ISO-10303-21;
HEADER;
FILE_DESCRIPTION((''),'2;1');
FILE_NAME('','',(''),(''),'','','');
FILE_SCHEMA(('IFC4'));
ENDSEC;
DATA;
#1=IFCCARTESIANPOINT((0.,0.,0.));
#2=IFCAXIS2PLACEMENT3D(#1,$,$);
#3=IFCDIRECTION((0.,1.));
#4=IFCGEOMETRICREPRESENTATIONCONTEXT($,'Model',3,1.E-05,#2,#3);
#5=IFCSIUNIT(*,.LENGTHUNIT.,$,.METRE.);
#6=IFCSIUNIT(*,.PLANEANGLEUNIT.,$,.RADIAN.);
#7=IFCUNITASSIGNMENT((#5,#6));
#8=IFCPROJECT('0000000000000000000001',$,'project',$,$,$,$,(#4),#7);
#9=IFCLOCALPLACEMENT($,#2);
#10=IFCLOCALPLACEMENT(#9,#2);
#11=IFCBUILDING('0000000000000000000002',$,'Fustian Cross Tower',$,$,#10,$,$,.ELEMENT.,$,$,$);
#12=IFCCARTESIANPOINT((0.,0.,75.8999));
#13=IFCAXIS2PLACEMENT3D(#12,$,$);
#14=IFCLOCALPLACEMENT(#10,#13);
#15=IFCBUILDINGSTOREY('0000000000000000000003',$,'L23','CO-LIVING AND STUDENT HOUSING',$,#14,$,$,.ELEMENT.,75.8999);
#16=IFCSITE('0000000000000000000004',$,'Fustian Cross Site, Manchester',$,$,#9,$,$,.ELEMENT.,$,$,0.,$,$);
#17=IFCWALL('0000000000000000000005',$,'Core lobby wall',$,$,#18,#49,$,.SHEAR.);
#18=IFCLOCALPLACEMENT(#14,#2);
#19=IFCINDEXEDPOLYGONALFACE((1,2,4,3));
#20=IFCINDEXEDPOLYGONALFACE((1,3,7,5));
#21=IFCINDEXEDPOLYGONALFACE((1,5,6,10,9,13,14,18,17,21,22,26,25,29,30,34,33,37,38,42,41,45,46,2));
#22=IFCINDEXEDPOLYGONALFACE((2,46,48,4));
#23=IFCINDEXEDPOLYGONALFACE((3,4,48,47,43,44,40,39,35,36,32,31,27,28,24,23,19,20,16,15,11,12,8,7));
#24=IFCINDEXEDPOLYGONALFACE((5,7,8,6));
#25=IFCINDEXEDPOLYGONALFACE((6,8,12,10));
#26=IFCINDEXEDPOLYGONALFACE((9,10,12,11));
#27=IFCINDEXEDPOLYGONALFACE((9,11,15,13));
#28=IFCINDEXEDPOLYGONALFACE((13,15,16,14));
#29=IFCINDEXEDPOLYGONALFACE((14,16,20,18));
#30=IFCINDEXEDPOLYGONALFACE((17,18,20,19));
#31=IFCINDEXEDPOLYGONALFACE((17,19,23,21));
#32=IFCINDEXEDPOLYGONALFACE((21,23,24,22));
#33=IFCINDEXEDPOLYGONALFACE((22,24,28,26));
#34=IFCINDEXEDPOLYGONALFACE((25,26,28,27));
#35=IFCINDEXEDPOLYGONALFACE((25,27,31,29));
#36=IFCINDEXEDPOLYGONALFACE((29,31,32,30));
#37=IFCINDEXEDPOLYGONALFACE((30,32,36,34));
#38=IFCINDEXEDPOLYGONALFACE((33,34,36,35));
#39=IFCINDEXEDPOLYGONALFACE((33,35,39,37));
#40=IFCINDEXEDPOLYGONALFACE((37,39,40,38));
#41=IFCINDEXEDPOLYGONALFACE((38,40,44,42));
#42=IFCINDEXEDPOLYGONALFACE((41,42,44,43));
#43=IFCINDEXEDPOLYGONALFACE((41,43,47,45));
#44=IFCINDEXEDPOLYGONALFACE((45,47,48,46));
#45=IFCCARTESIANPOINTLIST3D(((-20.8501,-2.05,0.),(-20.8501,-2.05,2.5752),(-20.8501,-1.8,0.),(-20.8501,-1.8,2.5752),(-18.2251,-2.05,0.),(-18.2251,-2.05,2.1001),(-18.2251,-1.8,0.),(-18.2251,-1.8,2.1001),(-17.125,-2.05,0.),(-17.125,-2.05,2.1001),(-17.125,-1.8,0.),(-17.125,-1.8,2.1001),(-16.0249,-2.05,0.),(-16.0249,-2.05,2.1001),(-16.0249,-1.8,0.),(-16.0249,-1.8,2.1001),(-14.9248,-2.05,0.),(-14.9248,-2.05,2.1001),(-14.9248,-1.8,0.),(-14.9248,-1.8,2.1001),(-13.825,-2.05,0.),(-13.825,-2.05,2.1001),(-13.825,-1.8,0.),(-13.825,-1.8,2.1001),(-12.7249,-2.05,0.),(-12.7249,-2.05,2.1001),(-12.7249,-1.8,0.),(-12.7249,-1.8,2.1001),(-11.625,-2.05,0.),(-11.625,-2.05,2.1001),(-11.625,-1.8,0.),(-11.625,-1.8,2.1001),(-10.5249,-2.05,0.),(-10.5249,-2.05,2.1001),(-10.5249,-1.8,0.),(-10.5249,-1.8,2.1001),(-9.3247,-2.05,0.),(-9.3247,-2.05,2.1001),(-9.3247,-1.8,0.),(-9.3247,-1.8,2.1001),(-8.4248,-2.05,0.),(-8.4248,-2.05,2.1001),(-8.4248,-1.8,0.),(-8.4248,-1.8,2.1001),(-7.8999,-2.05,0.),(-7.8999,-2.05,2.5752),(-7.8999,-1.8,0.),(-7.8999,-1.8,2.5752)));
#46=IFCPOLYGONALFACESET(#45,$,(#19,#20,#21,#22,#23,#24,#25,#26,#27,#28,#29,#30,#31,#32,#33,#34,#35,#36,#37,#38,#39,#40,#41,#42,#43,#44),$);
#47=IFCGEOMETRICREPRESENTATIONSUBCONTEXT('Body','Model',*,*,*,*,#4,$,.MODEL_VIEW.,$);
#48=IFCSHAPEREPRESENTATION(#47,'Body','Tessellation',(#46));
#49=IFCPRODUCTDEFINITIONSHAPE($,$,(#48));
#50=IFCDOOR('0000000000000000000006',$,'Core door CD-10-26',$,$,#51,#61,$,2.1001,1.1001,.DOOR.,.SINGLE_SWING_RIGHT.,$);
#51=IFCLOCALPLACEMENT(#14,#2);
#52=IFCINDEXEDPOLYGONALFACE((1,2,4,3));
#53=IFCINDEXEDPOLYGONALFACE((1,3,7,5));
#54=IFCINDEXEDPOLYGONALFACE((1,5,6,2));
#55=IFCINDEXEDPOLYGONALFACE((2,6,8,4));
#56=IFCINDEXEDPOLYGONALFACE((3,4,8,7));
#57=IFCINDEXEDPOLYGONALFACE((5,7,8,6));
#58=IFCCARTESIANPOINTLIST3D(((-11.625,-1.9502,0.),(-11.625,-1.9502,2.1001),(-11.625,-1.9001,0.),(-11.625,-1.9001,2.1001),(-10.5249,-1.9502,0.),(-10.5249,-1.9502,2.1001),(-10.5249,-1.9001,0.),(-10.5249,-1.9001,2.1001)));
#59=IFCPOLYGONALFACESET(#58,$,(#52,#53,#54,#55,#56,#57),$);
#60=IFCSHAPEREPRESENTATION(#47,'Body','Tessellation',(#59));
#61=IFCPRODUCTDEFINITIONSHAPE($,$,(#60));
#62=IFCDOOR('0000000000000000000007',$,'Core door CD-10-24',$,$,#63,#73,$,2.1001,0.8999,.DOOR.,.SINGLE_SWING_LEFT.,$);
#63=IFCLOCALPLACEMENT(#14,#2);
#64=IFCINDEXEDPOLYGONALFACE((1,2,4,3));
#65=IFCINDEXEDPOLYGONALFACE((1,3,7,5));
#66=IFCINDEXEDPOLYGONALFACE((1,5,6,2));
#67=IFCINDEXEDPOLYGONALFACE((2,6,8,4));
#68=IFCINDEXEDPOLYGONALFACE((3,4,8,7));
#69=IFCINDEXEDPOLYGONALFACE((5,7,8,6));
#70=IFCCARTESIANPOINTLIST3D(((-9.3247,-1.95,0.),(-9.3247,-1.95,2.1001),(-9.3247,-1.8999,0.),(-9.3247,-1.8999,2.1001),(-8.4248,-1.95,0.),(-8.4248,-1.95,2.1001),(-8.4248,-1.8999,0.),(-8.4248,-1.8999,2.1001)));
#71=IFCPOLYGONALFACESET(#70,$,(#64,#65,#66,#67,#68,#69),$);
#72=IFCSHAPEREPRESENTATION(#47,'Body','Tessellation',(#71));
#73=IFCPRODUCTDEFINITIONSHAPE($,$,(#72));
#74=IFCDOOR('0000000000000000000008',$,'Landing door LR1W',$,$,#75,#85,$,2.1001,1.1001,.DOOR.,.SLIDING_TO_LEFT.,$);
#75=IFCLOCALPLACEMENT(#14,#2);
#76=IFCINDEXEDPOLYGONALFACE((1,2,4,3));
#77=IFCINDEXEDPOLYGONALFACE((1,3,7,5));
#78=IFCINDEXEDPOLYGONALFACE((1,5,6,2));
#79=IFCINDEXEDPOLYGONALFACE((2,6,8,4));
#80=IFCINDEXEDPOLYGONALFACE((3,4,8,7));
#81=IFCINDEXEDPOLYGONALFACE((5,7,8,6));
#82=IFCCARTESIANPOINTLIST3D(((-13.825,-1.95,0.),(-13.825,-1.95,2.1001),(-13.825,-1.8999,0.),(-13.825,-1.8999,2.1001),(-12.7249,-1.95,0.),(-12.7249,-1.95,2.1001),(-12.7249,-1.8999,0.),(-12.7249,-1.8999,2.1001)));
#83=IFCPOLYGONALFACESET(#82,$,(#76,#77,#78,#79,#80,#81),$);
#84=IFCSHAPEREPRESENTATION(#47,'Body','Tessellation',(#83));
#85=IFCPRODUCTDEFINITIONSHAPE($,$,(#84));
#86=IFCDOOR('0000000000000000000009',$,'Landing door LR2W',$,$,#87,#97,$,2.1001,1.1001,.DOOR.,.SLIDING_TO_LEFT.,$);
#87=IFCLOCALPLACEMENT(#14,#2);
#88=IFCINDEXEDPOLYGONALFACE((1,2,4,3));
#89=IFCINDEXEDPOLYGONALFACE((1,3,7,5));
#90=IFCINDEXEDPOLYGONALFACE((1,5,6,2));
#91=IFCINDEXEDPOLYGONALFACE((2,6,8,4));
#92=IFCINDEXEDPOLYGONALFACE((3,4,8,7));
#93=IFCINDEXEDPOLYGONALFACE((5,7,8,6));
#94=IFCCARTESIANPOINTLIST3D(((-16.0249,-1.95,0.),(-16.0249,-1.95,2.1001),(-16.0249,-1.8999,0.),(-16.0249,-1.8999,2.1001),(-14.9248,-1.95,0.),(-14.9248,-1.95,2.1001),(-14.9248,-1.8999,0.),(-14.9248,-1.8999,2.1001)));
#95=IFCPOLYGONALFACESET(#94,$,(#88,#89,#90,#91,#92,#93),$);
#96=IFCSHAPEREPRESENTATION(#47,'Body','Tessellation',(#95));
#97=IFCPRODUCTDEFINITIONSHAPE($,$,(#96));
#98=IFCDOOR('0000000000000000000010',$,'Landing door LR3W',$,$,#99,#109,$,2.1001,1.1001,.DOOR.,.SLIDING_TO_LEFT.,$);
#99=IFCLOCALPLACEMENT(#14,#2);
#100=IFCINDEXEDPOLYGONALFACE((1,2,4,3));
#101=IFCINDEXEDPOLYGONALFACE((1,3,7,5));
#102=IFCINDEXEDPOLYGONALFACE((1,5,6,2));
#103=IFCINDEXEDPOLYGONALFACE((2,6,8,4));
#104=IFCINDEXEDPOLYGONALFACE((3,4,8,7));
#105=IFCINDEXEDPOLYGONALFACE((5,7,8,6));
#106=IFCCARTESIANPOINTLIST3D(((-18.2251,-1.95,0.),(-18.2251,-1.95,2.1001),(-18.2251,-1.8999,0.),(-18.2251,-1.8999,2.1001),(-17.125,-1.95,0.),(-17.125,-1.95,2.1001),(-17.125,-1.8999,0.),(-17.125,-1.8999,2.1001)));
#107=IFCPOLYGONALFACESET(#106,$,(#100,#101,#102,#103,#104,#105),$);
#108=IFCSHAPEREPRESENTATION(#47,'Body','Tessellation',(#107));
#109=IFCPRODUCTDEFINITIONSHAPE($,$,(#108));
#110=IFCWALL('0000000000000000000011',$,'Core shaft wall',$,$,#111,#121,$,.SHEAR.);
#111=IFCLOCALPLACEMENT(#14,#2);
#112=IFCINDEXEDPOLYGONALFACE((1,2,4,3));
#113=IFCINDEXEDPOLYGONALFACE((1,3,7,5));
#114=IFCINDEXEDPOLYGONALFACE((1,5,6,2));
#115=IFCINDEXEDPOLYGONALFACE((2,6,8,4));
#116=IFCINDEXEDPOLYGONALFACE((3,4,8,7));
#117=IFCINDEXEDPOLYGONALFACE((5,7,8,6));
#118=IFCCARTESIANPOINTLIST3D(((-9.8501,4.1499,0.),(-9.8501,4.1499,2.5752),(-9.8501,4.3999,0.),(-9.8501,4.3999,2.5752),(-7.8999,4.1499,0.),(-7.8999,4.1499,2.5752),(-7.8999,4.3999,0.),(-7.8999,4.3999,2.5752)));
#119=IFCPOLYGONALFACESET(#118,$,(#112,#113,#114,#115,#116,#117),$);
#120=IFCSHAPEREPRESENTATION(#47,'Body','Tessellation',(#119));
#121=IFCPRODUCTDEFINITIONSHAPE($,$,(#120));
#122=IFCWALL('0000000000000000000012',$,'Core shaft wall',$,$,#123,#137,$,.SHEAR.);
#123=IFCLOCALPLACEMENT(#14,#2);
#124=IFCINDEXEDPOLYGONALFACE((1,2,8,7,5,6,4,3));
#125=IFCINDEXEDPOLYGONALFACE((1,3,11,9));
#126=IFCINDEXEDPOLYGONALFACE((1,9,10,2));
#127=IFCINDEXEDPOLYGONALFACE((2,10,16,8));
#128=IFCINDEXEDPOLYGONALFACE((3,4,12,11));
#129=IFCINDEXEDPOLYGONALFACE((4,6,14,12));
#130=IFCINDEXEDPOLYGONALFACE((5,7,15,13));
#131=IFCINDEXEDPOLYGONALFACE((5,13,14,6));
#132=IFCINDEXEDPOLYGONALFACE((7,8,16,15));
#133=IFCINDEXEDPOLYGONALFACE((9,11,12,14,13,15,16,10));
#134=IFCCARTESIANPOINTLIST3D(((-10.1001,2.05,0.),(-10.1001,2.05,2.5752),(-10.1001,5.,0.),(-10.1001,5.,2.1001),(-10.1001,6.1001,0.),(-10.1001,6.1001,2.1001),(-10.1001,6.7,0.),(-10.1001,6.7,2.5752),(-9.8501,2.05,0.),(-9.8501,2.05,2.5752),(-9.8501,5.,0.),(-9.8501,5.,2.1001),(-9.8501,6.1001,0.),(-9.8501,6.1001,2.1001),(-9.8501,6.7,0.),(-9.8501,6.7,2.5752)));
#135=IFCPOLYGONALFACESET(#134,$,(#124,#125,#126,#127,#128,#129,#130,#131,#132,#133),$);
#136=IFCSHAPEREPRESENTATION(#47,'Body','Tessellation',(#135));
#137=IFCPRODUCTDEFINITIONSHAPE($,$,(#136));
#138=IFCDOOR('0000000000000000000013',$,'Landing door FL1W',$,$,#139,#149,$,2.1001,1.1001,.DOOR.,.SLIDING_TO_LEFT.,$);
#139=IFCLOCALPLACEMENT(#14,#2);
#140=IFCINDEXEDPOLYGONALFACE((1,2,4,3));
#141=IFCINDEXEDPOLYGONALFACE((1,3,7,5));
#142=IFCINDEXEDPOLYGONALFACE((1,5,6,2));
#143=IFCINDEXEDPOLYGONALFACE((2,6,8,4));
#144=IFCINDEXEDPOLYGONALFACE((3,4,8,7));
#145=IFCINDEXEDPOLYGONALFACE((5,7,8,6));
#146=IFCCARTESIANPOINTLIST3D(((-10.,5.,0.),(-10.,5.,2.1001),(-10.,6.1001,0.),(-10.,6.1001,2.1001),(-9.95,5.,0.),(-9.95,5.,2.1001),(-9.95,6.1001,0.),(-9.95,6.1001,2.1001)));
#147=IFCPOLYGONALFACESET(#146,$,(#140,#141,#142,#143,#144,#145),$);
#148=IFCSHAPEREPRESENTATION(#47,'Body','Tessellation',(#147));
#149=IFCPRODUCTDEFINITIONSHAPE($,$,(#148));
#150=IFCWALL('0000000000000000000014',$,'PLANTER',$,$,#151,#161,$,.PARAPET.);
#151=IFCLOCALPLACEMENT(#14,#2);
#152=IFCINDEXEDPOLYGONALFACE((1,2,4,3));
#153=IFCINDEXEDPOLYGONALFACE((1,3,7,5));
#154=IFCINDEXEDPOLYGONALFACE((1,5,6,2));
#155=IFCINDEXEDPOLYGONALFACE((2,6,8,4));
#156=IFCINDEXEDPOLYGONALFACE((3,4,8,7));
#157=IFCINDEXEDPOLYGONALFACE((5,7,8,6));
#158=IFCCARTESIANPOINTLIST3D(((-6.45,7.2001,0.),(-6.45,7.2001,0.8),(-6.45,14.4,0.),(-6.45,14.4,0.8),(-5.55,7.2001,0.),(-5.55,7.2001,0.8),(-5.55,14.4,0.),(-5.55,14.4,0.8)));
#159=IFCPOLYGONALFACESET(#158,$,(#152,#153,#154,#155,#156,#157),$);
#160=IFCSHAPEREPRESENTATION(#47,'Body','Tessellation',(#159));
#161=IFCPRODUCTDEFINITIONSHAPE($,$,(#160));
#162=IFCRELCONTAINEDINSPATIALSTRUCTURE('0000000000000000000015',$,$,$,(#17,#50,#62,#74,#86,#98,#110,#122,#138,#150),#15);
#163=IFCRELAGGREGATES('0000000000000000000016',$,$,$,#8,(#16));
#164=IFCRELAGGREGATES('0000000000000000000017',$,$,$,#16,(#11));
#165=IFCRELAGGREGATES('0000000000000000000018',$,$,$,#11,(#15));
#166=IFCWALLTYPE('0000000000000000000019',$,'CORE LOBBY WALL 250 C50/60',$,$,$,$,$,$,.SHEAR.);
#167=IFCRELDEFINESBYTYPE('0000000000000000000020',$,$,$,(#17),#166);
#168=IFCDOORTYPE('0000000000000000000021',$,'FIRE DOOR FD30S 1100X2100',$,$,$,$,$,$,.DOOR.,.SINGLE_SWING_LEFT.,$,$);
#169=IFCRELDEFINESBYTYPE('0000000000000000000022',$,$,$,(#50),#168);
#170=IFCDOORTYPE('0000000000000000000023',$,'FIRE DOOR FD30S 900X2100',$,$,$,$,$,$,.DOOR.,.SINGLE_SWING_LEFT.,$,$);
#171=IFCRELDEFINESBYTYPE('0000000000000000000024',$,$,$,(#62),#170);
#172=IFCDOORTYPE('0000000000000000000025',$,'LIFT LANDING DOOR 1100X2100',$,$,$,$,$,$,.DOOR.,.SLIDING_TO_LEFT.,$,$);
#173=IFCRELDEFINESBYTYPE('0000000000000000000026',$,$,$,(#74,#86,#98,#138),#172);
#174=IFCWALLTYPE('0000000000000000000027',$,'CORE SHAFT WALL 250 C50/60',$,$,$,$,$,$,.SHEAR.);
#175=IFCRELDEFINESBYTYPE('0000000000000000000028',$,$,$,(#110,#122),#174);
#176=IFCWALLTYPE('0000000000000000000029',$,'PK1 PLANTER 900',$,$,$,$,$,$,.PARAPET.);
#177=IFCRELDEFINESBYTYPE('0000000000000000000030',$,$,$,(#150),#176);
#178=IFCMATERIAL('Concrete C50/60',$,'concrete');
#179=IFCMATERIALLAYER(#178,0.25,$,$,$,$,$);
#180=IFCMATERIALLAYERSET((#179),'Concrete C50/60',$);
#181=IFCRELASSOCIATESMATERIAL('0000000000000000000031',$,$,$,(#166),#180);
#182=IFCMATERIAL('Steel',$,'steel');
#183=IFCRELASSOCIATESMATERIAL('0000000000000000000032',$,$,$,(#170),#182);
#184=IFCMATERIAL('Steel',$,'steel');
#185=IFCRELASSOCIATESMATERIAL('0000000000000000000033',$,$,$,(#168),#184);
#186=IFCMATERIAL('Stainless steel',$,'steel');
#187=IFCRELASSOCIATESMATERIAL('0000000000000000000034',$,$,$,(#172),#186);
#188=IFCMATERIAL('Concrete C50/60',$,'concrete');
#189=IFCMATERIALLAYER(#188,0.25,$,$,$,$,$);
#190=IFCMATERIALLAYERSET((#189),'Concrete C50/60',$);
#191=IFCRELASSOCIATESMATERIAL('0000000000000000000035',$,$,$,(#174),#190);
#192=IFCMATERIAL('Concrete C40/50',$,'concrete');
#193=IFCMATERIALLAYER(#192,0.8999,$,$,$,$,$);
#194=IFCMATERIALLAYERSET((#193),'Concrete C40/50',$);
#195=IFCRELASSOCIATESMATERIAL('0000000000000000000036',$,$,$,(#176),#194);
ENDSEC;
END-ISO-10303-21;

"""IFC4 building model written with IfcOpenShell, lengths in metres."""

from ifc_helpers import new_model, si_unit, direction, frame, frame_2d, origin, place, context, subcontext, project, spatial, rectangle, extrude, material, layer, layer_set, type_object, element, fill, save


model = new_model("IFC4")

# Units and contexts
model_context = context("Model", 3, precision=1e-05, world=origin(), true_north=direction((0.0, 1.0)))
body_context = subcontext(model_context, "Body", "Model", "MODEL_VIEW")
ifc_project = project(units=[si_unit("LENGTHUNIT", "METRE"), si_unit("PLANEANGLEUNIT", "RADIAN")], contexts=[model_context])

# Site, building, storey
site_placement = place(None, origin())
site = spatial("IfcSite", under=ifc_project, at=site_placement, Name="Fustian Cross Site, Manchester", CompositionType="ELEMENT", RefElevation=0.0)
building_placement = place(site_placement, origin())
building = spatial("IfcBuilding", under=site, at=building_placement, Name="Fustian Cross Tower", CompositionType="ELEMENT")
storey_placement = place(building_placement, frame((0.0, 0.0, 75.8999)))
storey = spatial("IfcBuildingStorey", under=building, at=storey_placement, Name="L23", Description="CO-LIVING AND STUDENT HOUSING", CompositionType="ELEMENT", Elevation=75.8999)

# Wall, openings, doors
ifc_material_1 = material(Name="Concrete C50/60", Category="concrete")
ifc_layer_1 = layer(ifc_material_1, 0.25)
ifc_layer_set_1 = layer_set([ifc_layer_1], Name="Concrete C50/60")
wall_type_1 = type_object("IfcWallType", Name="CORE LOBBY WALL 250 C50/60", PredefinedType="SHEAR", material=ifc_layer_set_1)
ifc_material_2 = material(Name="Steel", Category="steel")
door_type_1 = type_object("IfcDoorType", Name="FIRE DOOR FD30S 900X2100", OperationType="SINGLE_SWING_LEFT", PredefinedType="DOOR", material=ifc_material_2)
wall_1_placement = place(storey_placement, frame((-7.8999, -1.925, 0.0), z_axis=(0.0, 0.0, 1.0), x_axis=(-1.0, 0.0, 0.0)))
wall_1 = element("IfcWall", 1, at=wall_1_placement, inside=storey, type_object=wall_type_1, Name="Core lobby wall", PredefinedType="SHEAR", context=body_context, shape_type="SweptSolid", body=[
    extrude(rectangle(XDim=12.9502, YDim=0.25, at=frame_2d((6.4751, 0.0))), origin(), (0.0, 0.0, 1.0), 2.5752),
])
opening_1_placement = place(wall_1_placement, frame((4.825, 0.0, 0.0)))
opening_1 = element("IfcOpeningElement", 2, at=opening_1_placement, cuts=wall_1, PredefinedType="OPENING", context=body_context, shape_type="SweptSolid", body=[
    extrude(rectangle(XDim=1.1001, YDim=2.1001, at=frame_2d((0.55, 1.05))), frame((0.0, 0.135, 0.0), z_axis=(0.0, -1.0, 0.0), x_axis=(1.0, 0.0, 0.0)), (0.0, 0.0, 1.0), 0.27),
])
opening_2_placement = place(wall_1_placement, frame((7.0249, 0.0, 0.0)))
opening_2 = element("IfcOpeningElement", 3, at=opening_2_placement, cuts=wall_1, PredefinedType="OPENING", context=body_context, shape_type="SweptSolid", body=[
    extrude(rectangle(XDim=1.1001, YDim=2.1001, at=frame_2d((0.55, 1.05))), frame((0.0, 0.135, 0.0), z_axis=(0.0, -1.0, 0.0), x_axis=(1.0, 0.0, 0.0)), (0.0, 0.0, 1.0), 0.27),
])
opening_3_placement = place(wall_1_placement, frame((9.2251, 0.0, 0.0)))
opening_3 = element("IfcOpeningElement", 4, at=opening_3_placement, cuts=wall_1, PredefinedType="OPENING", context=body_context, shape_type="SweptSolid", body=[
    extrude(rectangle(XDim=1.1001, YDim=2.1001, at=frame_2d((0.55, 1.05))), frame((0.0, 0.135, 0.0), z_axis=(0.0, -1.0, 0.0), x_axis=(1.0, 0.0, 0.0)), (0.0, 0.0, 1.0), 0.27),
])
opening_4_placement = place(wall_1_placement, frame((0.5249, 0.0, 0.0)))
opening_4 = element("IfcOpeningElement", 5, at=opening_4_placement, cuts=wall_1, PredefinedType="OPENING", context=body_context, shape_type="SweptSolid", body=[
    extrude(rectangle(XDim=0.8999, YDim=2.1001, at=frame_2d((0.45, 1.05))), frame((0.0, 0.135, 0.0), z_axis=(0.0, -1.0, 0.0), x_axis=(1.0, 0.0, 0.0)), (0.0, 0.0, 1.0), 0.27),
])
opening_5_placement = place(wall_1_placement, frame((2.625, 0.0, 0.0)))
opening_5 = element("IfcOpeningElement", 6, at=opening_5_placement, cuts=wall_1, PredefinedType="OPENING", context=body_context, shape_type="SweptSolid", body=[
    extrude(rectangle(XDim=1.1001, YDim=2.1001, at=frame_2d((0.55, 1.05))), frame((0.0, 0.135, 0.0), z_axis=(0.0, -1.0, 0.0), x_axis=(1.0, 0.0, 0.0)), (0.0, 0.0, 1.0), 0.27),
])
ifc_material_3 = material(Name="Steel", Category="steel")
door_type_2 = type_object("IfcDoorType", Name="FIRE DOOR FD30S 1100X2100", OperationType="SINGLE_SWING_LEFT", PredefinedType="DOOR", material=ifc_material_3)
door_1_placement = place(opening_5_placement, frame((1.1001, 0.0, 0.0), z_axis=(0.0, 0.0, 1.0), x_axis=(-1.0, 0.0, 0.0)))
door_1 = element("IfcDoor", 7, at=door_1_placement, inside=storey, type_object=door_type_2, Name="Core door CD-10-26", OperationType="SINGLE_SWING_RIGHT", OverallHeight=2.1001, OverallWidth=1.1001, PredefinedType="DOOR", context=body_context, shape_type="SweptSolid", body=[
    extrude(rectangle(XDim=1.1001, YDim=2.1001, at=frame_2d((0.55, 1.05))), frame((0.0, 0.0249, 0.0), z_axis=(0.0, -1.0, 0.0), x_axis=(1.0, 0.0, 0.0)), (0.0, 0.0, 1.0), 0.05),
])
fill(opening_5, door_1)
door_2_placement = place(opening_4_placement, origin())
door_2 = element("IfcDoor", 8, at=door_2_placement, inside=storey, type_object=door_type_1, Name="Core door CD-10-24", OperationType="SINGLE_SWING_LEFT", OverallHeight=2.1001, OverallWidth=0.8999, PredefinedType="DOOR", context=body_context, shape_type="SweptSolid", body=[
    extrude(rectangle(XDim=0.8999, YDim=2.1001, at=frame_2d((0.45, 1.05))), frame((0.0, 0.0249, 0.0), z_axis=(0.0, -1.0, 0.0), x_axis=(1.0, 0.0, 0.0)), (0.0, 0.0, 1.0), 0.05),
])
fill(opening_4, door_2)
ifc_material_4 = material(Name="Stainless steel", Category="steel")
door_type_3 = type_object("IfcDoorType", Name="LIFT LANDING DOOR 1100X2100", OperationType="SLIDING_TO_LEFT", PredefinedType="DOOR", material=ifc_material_4)
door_3_placement = place(opening_1_placement, origin())
door_3 = element("IfcDoor", 9, at=door_3_placement, inside=storey, type_object=door_type_3, Name="Landing door LR1W", OperationType="SLIDING_TO_LEFT", OverallHeight=2.1001, OverallWidth=1.1001, PredefinedType="DOOR", context=body_context, shape_type="SweptSolid", body=[
    extrude(rectangle(XDim=1.1001, YDim=2.1001, at=frame_2d((0.55, 1.05))), frame((0.0, 0.0249, 0.0), z_axis=(0.0, -1.0, 0.0), x_axis=(1.0, 0.0, 0.0)), (0.0, 0.0, 1.0), 0.05),
])
fill(opening_1, door_3)
door_4_placement = place(opening_2_placement, origin())
door_4 = element("IfcDoor", 10, at=door_4_placement, inside=storey, type_object=door_type_3, Name="Landing door LR2W", OperationType="SLIDING_TO_LEFT", OverallHeight=2.1001, OverallWidth=1.1001, PredefinedType="DOOR", context=body_context, shape_type="SweptSolid", body=[
    extrude(rectangle(XDim=1.1001, YDim=2.1001, at=frame_2d((0.55, 1.05))), frame((0.0, 0.0249, 0.0), z_axis=(0.0, -1.0, 0.0), x_axis=(1.0, 0.0, 0.0)), (0.0, 0.0, 1.0), 0.05),
])
fill(opening_2, door_4)
door_5_placement = place(opening_3_placement, origin())
door_5 = element("IfcDoor", 11, at=door_5_placement, inside=storey, type_object=door_type_3, Name="Landing door LR3W", OperationType="SLIDING_TO_LEFT", OverallHeight=2.1001, OverallWidth=1.1001, PredefinedType="DOOR", context=body_context, shape_type="SweptSolid", body=[
    extrude(rectangle(XDim=1.1001, YDim=2.1001, at=frame_2d((0.55, 1.05))), frame((0.0, 0.0249, 0.0), z_axis=(0.0, -1.0, 0.0), x_axis=(1.0, 0.0, 0.0)), (0.0, 0.0, 1.0), 0.05),
])
fill(opening_3, door_5)

# Wall
ifc_material_5 = material(Name="Concrete C50/60", Category="concrete")
ifc_layer_2 = layer(ifc_material_5, 0.25)
ifc_layer_set_2 = layer_set([ifc_layer_2], Name="Concrete C50/60")
wall_type_2 = type_object("IfcWallType", Name="CORE SHAFT WALL 250 C50/60", PredefinedType="SHEAR", material=ifc_layer_set_2)
wall_2_placement = place(storey_placement, frame((-7.8999, 4.2749, 0.0), z_axis=(0.0, 0.0, 1.0), x_axis=(-1.0, 0.0, 0.0)))
element("IfcWall", 12, at=wall_2_placement, inside=storey, type_object=wall_type_2, Name="Core shaft wall", PredefinedType="SHEAR", context=body_context, shape_type="SweptSolid", body=[
    extrude(rectangle(XDim=1.9502, YDim=0.25, at=frame_2d((0.9751, 0.0))), origin(), (0.0, 0.0, 1.0), 2.5752),
])

# Wall, opening, door
wall_3_placement = place(storey_placement, frame((-9.9751, 2.05, 0.0), z_axis=(0.0, 0.0, 1.0), x_axis=(0.0, 1.0, 0.0)))
wall_3 = element("IfcWall", 13, at=wall_3_placement, inside=storey, type_object=wall_type_2, Name="Core shaft wall", PredefinedType="SHEAR", context=body_context, shape_type="SweptSolid", body=[
    extrude(rectangle(XDim=4.6499, YDim=0.25, at=frame_2d((2.325, 0.0))), origin(), (0.0, 0.0, 1.0), 2.5752),
])
opening_6_placement = place(wall_3_placement, frame((2.95, 0.0, 0.0)))
opening_6 = element("IfcOpeningElement", 14, at=opening_6_placement, cuts=wall_3, PredefinedType="OPENING", context=body_context, shape_type="SweptSolid", body=[
    extrude(rectangle(XDim=1.1001, YDim=2.1001, at=frame_2d((0.55, 1.05))), frame((0.0, 0.135, 0.0), z_axis=(0.0, -1.0, 0.0), x_axis=(1.0, 0.0, 0.0)), (0.0, 0.0, 1.0), 0.27),
])
door_6_placement = place(opening_6_placement, origin())
door_6 = element("IfcDoor", 15, at=door_6_placement, inside=storey, type_object=door_type_3, Name="Landing door FL1W", OperationType="SLIDING_TO_LEFT", OverallHeight=2.1001, OverallWidth=1.1001, PredefinedType="DOOR", context=body_context, shape_type="SweptSolid", body=[
    extrude(rectangle(XDim=1.1001, YDim=2.1001, at=frame_2d((0.55, 1.05))), frame((0.0, 0.0249, 0.0), z_axis=(0.0, -1.0, 0.0), x_axis=(1.0, 0.0, 0.0)), (0.0, 0.0, 1.0), 0.05),
])
fill(opening_6, door_6)

# Wall
ifc_material_6 = material(Name="Concrete C40/50", Category="concrete")
ifc_layer_3 = layer(ifc_material_6, 0.8999)
ifc_layer_set_3 = layer_set([ifc_layer_3], Name="Concrete C40/50")
wall_type_3 = type_object("IfcWallType", Name="PK1 PLANTER 900", PredefinedType="PARAPET", material=ifc_layer_set_3)
wall_4_placement = place(storey_placement, frame((-6.0, 7.2, 0.0), z_axis=(0.0, 0.0, 1.0), x_axis=(0.0, 1.0, 0.0)))
element("IfcWall", 16, at=wall_4_placement, inside=storey, type_object=wall_type_3, Name="PLANTER", PredefinedType="PARAPET", context=body_context, shape_type="SweptSolid", body=[
    extrude(rectangle(XDim=7.2, YDim=0.8999, at=frame_2d((3.6001, 0.0))), origin(), (0.0, 0.0, 1.0), 0.8),
])

save(model, "model.ifc")
